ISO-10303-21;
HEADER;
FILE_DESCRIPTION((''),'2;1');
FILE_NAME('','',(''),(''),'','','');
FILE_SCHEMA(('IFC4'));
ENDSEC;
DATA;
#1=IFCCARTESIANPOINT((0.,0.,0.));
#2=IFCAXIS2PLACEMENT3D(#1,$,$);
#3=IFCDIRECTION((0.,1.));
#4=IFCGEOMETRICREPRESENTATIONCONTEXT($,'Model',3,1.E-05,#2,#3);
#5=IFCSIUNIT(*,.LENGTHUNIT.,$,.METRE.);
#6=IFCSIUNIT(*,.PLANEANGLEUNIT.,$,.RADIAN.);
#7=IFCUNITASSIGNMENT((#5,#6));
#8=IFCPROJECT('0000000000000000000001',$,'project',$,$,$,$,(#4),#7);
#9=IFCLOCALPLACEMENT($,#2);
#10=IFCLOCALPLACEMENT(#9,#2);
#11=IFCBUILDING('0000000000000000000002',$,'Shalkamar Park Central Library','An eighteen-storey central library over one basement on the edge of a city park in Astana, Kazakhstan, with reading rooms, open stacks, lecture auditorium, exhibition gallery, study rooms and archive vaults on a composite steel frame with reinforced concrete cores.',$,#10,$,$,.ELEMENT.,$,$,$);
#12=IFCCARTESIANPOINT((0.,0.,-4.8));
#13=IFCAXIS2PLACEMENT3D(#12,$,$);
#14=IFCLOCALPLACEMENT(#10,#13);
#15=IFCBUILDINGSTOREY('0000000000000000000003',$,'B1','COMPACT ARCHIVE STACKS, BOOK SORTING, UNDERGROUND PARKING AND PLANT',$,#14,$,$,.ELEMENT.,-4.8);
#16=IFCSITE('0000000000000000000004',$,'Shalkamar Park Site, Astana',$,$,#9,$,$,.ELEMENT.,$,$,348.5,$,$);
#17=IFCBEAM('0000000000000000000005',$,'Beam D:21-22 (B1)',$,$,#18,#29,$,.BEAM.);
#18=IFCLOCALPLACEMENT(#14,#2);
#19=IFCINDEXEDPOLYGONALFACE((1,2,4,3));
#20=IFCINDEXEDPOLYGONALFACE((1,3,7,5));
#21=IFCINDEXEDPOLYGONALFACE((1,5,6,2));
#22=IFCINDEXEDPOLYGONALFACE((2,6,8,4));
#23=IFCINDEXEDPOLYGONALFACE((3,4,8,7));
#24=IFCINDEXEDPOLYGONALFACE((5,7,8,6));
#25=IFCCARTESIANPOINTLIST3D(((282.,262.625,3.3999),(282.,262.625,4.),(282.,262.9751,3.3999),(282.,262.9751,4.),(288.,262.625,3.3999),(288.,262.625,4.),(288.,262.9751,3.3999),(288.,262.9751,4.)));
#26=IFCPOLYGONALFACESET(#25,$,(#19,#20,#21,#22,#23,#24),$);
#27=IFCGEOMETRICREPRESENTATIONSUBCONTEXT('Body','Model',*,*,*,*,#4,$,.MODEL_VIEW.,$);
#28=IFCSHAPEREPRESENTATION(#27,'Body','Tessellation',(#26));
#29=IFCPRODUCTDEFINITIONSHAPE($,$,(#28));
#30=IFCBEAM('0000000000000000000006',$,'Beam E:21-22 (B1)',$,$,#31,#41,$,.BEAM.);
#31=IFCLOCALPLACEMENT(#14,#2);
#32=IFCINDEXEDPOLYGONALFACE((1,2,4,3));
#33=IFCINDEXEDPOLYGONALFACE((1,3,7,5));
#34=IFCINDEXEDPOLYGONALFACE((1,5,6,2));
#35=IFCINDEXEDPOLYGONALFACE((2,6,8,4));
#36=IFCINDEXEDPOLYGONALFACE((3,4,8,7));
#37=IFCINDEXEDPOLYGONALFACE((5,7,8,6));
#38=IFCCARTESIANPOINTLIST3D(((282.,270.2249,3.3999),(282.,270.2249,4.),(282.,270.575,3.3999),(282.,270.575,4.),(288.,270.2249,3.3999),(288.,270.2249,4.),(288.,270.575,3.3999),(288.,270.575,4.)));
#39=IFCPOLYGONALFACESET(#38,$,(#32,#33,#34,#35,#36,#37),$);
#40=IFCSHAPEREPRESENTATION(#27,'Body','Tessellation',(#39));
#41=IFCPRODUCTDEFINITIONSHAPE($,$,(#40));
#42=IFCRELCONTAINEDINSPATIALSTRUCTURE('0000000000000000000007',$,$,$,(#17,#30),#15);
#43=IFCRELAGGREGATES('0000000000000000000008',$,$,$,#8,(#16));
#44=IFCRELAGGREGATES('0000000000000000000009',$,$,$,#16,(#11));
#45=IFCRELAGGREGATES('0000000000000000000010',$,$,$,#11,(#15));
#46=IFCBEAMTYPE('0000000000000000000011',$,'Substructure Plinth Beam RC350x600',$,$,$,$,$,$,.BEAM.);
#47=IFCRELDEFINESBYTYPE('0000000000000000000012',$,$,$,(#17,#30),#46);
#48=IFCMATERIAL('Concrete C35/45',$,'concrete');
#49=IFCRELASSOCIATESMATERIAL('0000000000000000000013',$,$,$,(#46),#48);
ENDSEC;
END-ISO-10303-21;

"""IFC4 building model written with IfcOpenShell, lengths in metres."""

from ifc_helpers import new_model, si_unit, direction, frame, origin, origin_2d, place, context, subcontext, project, spatial, rectangle, extrude, material, material_profile, profile_set, type_object, element, save


model = new_model("IFC4")

# Units and contexts
model_context = context("Model", 3, precision=1e-05, world=origin(), true_north=direction((0.0, 1.0)))
body_context = subcontext(model_context, "Body", "Model", "MODEL_VIEW")
ifc_project = project(units=[si_unit("LENGTHUNIT", "METRE"), si_unit("PLANEANGLEUNIT", "RADIAN")], contexts=[model_context])

# Site, building, storey
site_placement = place(None, origin())
site = spatial("IfcSite", under=ifc_project, at=site_placement, Name="Shalkamar Park Site, Astana", CompositionType="ELEMENT", RefElevation=348.5)
building_placement = place(site_placement, origin())
building = spatial("IfcBuilding", under=site, at=building_placement, Name="Shalkamar Park Central Library", Description="An eighteen-storey central library over one basement on the edge of a city park in Astana, Kazakhstan, with reading rooms, open stacks, lecture auditorium, exhibition gallery, study rooms and archive vaults on a composite steel frame with reinforced concrete cores.", CompositionType="ELEMENT")
storey_placement = place(building_placement, frame((0.0, 0.0, -4.8)))
storey = spatial("IfcBuildingStorey", under=building, at=storey_placement, Name="B1", Description="COMPACT ARCHIVE STACKS, BOOK SORTING, UNDERGROUND PARKING AND PLANT", CompositionType="ELEMENT", Elevation=-4.8)

# Shared definitions
ifc_material_1 = material(Name="Concrete C35/45", Category="concrete")

# Beams
ifc_material_profile_1 = material_profile(ifc_material_1, rectangle(XDim=0.3501, YDim=0.6001, at=origin_2d()), Name="RC 350x600")
ifc_profile_set_1 = profile_set([ifc_material_profile_1], Name="Concrete C35/45")
beam_type_1 = type_object("IfcBeamType", Name="Substructure Plinth Beam RC350x600", PredefinedType="BEAM", material=ifc_profile_set_1)
for number, where, z_axis, x_axis, name in (
    (1, (282.0, 262.8, 3.7), (1.0, 0.0, 0.0), (0.0, 1.0, 0.0), "Beam D:21-22 (B1)"),
    (2, (282.0, 270.3999, 3.7), (1.0, 0.0, 0.0), (0.0, 1.0, 0.0), "Beam E:21-22 (B1)"),
):
    element("IfcBeam", number, at=place(storey_placement, frame(where, z_axis=z_axis, x_axis=x_axis)), inside=storey, type_object=beam_type_1, Name=name, PredefinedType="BEAM", context=body_context, shape_type="SweptSolid", body=[
        extrude(rectangle(XDim=0.3501, YDim=0.6001, at=origin_2d()), origin(), (0.0, 0.0, 1.0), 6.0),
    ])

save(model, "model.ifc")
